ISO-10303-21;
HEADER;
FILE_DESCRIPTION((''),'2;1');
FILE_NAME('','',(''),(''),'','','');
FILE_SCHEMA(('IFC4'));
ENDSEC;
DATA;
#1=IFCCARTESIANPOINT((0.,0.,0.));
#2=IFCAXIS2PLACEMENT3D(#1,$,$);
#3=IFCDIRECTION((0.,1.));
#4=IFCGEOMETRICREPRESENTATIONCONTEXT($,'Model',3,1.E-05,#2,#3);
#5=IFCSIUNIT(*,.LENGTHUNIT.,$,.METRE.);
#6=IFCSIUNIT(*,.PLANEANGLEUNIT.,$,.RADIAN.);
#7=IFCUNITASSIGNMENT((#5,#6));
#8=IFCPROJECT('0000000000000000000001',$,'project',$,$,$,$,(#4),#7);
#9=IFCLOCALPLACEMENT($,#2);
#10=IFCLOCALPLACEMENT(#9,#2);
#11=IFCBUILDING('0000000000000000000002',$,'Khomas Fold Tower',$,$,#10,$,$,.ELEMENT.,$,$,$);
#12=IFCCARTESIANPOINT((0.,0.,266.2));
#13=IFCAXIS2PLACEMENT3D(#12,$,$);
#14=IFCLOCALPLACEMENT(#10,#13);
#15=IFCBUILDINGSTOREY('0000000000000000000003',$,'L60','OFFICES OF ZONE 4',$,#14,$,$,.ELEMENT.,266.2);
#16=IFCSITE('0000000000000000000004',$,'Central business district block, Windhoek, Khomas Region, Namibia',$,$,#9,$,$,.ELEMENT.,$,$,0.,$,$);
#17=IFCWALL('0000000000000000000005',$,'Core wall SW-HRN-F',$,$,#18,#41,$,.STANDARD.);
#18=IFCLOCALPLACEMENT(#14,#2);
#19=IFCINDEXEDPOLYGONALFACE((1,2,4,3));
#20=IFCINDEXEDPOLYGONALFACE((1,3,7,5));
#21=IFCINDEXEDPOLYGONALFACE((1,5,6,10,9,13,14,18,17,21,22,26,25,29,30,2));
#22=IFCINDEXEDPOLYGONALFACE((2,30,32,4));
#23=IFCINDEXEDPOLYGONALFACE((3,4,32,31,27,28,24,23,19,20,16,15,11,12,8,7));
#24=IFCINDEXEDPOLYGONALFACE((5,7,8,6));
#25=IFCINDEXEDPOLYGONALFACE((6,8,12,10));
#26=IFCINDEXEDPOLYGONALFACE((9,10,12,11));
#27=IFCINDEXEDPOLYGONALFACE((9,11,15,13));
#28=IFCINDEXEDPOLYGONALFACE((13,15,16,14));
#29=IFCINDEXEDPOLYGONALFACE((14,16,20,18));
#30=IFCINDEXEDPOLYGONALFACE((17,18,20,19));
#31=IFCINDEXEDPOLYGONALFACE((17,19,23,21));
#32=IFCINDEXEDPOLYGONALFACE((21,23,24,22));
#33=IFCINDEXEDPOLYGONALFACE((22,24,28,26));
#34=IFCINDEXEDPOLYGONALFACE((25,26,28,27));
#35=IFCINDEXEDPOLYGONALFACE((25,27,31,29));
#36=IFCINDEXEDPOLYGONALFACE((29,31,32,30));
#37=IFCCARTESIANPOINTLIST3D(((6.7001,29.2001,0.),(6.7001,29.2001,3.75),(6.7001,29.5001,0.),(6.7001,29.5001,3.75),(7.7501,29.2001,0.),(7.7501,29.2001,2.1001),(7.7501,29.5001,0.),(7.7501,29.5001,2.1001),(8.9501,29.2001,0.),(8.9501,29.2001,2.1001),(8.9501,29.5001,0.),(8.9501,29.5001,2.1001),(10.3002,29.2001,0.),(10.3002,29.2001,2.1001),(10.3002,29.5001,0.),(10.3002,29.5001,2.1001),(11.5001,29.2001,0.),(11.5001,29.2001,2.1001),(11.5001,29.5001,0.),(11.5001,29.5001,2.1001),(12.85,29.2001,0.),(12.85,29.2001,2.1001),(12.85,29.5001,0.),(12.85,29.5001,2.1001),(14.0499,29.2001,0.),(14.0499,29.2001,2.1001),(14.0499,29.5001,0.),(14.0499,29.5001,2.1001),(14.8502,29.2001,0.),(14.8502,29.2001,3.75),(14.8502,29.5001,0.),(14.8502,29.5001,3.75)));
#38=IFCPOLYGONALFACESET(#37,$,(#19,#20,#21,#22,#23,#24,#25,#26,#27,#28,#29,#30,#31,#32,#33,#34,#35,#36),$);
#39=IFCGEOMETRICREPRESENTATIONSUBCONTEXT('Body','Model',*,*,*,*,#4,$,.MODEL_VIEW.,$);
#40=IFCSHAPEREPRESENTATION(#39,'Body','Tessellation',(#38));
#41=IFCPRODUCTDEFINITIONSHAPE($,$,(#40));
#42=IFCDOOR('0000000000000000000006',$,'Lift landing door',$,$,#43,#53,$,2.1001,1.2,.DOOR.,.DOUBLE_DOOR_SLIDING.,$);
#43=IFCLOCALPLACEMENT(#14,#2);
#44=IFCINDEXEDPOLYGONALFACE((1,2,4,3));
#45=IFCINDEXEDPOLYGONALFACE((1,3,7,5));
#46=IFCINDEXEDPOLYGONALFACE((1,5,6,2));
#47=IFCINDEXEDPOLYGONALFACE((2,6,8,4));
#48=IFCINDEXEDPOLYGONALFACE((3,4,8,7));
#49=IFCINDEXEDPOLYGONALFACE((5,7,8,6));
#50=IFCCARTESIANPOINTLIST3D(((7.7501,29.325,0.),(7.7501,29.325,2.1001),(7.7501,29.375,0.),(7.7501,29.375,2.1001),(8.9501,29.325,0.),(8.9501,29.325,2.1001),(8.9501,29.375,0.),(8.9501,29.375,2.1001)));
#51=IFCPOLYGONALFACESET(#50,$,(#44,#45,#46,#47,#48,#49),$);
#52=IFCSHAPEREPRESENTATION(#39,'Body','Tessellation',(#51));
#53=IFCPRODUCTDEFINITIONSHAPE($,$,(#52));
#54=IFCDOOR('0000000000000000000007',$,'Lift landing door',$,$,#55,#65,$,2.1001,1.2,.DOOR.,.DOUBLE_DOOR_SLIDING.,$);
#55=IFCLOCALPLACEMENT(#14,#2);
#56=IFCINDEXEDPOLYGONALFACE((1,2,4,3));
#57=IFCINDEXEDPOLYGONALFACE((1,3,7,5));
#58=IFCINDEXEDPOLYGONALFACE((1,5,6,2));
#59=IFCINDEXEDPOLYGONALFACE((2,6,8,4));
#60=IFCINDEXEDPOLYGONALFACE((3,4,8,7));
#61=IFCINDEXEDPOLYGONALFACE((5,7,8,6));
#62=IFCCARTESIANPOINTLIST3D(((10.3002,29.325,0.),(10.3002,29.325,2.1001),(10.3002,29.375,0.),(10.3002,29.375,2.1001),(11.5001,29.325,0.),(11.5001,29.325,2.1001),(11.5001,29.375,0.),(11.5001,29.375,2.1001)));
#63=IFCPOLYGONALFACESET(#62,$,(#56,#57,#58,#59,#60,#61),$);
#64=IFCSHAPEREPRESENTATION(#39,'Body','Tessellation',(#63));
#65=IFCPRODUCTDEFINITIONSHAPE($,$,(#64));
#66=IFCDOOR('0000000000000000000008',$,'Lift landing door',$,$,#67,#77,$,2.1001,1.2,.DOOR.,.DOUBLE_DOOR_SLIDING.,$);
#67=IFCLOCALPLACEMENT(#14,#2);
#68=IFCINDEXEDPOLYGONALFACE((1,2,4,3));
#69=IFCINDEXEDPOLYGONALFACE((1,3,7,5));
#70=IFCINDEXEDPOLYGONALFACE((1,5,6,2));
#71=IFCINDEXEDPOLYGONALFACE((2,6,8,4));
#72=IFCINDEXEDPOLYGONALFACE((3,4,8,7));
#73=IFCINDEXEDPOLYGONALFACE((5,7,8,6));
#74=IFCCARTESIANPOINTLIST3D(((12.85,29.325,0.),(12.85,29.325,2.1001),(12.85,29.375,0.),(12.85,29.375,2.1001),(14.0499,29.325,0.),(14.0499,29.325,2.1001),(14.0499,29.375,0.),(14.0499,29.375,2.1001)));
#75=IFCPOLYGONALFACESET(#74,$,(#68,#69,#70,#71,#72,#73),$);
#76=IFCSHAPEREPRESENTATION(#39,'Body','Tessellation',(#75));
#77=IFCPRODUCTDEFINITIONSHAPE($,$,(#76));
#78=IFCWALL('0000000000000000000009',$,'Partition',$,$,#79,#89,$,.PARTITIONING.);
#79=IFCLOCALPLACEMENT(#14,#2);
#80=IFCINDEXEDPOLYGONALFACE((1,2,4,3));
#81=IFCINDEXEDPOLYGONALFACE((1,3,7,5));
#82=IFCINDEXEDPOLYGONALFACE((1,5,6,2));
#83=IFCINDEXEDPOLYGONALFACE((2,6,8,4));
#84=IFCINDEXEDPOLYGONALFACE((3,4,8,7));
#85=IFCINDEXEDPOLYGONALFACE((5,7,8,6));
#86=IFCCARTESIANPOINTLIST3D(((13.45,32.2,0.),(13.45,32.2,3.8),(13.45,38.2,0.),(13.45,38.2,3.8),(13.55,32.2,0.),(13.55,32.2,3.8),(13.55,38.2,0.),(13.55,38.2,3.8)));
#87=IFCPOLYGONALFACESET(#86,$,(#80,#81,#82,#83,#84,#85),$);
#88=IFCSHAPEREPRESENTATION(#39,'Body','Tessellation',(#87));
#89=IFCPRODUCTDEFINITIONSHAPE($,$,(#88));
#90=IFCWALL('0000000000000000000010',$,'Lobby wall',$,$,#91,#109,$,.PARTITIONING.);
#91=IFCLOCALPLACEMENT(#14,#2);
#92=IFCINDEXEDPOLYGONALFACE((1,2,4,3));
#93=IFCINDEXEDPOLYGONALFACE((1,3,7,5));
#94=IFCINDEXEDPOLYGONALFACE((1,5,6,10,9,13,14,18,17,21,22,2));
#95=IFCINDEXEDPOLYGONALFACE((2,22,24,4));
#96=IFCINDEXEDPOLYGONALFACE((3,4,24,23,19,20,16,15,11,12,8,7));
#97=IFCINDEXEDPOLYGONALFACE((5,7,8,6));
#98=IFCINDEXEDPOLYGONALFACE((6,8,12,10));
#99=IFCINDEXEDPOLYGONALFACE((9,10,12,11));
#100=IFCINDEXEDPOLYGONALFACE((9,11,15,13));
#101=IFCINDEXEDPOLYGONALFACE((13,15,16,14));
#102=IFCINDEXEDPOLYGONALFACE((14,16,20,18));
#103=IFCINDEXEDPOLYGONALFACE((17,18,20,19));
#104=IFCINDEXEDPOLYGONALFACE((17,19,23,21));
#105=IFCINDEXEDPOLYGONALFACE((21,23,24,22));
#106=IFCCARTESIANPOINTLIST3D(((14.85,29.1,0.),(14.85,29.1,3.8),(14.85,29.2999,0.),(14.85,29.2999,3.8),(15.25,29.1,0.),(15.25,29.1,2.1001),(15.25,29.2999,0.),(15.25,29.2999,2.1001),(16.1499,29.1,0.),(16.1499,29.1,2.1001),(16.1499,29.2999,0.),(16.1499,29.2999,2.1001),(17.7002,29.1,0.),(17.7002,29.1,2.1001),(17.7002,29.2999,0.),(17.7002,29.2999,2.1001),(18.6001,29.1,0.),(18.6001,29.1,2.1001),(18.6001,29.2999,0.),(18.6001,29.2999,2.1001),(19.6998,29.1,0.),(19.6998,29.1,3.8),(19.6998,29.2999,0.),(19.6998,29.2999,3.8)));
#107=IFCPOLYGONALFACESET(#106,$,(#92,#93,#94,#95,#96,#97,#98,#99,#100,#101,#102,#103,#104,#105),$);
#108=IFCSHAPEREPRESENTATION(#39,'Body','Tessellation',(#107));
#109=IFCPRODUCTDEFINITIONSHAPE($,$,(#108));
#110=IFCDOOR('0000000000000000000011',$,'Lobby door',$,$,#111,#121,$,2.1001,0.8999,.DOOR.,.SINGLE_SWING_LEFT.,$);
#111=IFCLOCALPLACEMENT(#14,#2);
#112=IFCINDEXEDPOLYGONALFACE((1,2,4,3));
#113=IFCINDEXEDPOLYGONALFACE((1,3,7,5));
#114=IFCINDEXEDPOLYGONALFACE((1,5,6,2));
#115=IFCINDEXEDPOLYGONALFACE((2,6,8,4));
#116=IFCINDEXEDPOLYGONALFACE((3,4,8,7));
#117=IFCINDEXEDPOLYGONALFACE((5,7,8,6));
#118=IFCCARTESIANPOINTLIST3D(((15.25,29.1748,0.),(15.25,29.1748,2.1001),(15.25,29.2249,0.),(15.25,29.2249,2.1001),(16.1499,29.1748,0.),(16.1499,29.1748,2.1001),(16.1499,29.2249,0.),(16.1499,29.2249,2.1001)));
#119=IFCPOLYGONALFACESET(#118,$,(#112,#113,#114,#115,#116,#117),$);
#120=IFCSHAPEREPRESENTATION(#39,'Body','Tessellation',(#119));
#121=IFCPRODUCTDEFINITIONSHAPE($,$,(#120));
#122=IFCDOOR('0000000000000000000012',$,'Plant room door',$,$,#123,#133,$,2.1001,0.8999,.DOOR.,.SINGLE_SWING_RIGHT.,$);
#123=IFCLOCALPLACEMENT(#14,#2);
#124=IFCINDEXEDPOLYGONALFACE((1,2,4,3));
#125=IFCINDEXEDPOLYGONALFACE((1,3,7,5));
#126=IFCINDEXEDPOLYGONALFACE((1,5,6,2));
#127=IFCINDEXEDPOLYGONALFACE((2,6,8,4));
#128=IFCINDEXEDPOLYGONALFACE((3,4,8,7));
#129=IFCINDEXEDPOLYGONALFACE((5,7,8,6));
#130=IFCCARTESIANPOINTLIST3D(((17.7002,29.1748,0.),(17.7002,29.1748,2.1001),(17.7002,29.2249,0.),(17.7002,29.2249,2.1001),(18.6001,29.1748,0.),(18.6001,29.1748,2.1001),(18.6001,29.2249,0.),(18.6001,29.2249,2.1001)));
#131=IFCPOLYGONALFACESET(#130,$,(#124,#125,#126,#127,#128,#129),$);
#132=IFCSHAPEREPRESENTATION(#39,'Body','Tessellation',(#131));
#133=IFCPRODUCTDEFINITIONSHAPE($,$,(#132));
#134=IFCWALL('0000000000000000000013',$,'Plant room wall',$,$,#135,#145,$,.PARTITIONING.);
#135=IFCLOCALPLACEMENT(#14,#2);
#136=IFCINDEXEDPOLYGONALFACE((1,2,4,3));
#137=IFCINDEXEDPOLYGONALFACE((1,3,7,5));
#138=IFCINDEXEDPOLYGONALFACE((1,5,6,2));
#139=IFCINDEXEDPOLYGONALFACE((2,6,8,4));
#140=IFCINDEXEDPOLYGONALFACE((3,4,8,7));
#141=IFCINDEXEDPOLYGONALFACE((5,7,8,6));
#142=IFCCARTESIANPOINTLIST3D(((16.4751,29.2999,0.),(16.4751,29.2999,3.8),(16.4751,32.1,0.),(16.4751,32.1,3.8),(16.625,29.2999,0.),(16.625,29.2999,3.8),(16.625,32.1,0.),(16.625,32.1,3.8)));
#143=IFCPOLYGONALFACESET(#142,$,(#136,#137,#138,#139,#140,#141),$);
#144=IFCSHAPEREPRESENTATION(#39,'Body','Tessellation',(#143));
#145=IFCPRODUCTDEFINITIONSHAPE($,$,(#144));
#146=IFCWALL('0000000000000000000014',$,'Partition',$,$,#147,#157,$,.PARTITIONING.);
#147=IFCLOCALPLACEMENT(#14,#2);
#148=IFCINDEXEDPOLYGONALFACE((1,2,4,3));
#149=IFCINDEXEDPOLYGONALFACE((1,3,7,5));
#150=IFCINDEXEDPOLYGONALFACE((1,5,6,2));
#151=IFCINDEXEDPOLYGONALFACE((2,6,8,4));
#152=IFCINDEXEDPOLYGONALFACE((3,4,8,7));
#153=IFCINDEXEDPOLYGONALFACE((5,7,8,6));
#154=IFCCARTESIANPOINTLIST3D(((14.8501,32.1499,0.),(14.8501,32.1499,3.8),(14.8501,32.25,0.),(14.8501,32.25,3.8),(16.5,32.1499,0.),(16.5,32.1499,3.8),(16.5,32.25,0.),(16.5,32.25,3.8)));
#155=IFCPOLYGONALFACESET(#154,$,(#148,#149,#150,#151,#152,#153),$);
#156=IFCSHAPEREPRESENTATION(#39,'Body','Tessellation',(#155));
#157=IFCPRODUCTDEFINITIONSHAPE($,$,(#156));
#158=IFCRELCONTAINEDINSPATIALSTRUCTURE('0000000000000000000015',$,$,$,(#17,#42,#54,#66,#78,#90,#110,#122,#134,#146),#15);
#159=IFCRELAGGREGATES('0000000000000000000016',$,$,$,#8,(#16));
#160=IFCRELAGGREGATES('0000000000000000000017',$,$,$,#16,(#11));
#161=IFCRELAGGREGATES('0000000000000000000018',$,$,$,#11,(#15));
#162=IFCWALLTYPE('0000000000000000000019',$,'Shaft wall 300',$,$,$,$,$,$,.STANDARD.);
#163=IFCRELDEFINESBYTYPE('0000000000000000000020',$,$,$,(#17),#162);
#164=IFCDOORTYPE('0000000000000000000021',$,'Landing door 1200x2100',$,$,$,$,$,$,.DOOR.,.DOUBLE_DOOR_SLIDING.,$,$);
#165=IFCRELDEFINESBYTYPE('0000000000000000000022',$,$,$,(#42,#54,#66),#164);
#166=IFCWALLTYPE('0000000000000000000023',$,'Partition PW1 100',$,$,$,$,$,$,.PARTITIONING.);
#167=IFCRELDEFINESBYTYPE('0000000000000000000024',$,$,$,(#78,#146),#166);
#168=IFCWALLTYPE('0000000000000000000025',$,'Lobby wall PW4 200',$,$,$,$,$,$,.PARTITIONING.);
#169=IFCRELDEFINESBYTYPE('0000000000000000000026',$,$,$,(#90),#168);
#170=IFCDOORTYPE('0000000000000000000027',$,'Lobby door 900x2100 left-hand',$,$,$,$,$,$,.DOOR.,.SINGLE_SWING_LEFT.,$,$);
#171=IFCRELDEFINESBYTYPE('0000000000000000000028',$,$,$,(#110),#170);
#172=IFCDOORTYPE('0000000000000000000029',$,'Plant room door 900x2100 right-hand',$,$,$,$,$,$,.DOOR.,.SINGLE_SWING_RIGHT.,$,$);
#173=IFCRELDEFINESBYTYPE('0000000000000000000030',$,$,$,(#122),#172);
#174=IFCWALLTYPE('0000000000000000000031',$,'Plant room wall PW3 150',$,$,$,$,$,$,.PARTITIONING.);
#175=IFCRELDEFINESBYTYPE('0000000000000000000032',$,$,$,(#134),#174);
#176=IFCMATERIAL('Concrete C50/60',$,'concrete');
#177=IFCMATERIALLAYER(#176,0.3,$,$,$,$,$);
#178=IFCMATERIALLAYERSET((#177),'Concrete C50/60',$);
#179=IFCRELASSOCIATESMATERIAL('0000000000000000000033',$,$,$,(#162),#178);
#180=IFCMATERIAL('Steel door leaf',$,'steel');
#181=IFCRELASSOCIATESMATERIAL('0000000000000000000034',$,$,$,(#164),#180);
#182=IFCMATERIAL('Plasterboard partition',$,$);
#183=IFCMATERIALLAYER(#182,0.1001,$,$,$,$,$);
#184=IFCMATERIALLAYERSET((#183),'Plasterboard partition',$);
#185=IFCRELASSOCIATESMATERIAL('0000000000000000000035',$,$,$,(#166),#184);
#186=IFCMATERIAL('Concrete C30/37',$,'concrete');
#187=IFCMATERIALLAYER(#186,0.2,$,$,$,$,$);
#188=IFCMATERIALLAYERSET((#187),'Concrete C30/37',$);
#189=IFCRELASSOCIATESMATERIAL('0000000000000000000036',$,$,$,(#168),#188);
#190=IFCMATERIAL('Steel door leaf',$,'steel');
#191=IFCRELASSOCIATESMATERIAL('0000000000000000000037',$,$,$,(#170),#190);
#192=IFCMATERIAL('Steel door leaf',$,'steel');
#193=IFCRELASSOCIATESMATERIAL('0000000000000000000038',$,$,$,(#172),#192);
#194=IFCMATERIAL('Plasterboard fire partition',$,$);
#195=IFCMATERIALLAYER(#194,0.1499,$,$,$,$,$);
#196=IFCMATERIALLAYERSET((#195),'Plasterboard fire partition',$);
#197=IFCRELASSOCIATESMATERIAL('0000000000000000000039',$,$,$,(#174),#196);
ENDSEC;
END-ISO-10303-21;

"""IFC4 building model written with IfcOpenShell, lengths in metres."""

from ifc_helpers import new_model, si_unit, direction, frame, frame_2d, origin, place, context, subcontext, project, spatial, rectangle, extrude, source, transform, mapped, material, layer, layer_set, type_object, element, fill, save


model = new_model("IFC4")

# Units and contexts
model_context = context("Model", 3, precision=1e-05, world=origin(), true_north=direction((0.0, 1.0)))
body_context = subcontext(model_context, "Body", "Model", "MODEL_VIEW")
ifc_project = project(units=[si_unit("LENGTHUNIT", "METRE"), si_unit("PLANEANGLEUNIT", "RADIAN")], contexts=[model_context])

# Site, building, storey
site_placement = place(None, origin())
site = spatial("IfcSite", under=ifc_project, at=site_placement, Name="Central business district block, Windhoek, Khomas Region, Namibia", CompositionType="ELEMENT", RefElevation=0.0)
building_placement = place(site_placement, origin())
building = spatial("IfcBuilding", under=site, at=building_placement, Name="Khomas Fold Tower", CompositionType="ELEMENT")
storey_placement = place(building_placement, frame((0.0, 0.0, 266.2)))
storey = spatial("IfcBuildingStorey", under=building, at=storey_placement, Name="L60", Description="OFFICES OF ZONE 4", CompositionType="ELEMENT", Elevation=266.2)

# Shared definitions
ifc_material_1 = material(Name="Concrete C50/60", Category="concrete")
ifc_layer_1 = layer(ifc_material_1, 0.3)
ifc_layer_set_1 = layer_set([ifc_layer_1], Name="Concrete C50/60")
wall_type_1 = type_object("IfcWallType", Name="Shaft wall 300", PredefinedType="STANDARD", material=ifc_layer_set_1)
shared_shape_1 = source(origin(), body_context, "Body", "SweptSolid", [
    extrude(rectangle(XDim=8.1501, YDim=0.3, at=frame_2d((4.0752, 0.0))), origin(), (0.0, 0.0, 1.0), 3.75),
])

# Wall, openings, doors
wall_1_placement = place(storey_placement, frame((6.7, 29.3501, 0.0), z_axis=(0.0, 0.0, 1.0), x_axis=(1.0, 0.0, 0.0)))
wall_1 = element("IfcWall", 1, at=wall_1_placement, inside=storey, type_object=wall_type_1, Name="Core wall SW-HRN-F", PredefinedType="STANDARD", context=body_context, shape_type="MappedRepresentation", body=[
    mapped(shared_shape_1, transform((0.0, 0.0, 0.0))),
])
shared_shape_2 = source(origin(), body_context, "Body", "SweptSolid", [
    extrude(rectangle(XDim=1.2, YDim=2.1001, at=frame_2d((0.6001, 1.05))), frame((0.0, 0.1599, 0.0), z_axis=(0.0, -1.0, 0.0), x_axis=(1.0, 0.0, 0.0)), (0.0, 0.0, 1.0), 0.3201),
])
opening_1_placement = place(wall_1_placement, frame((1.05, 0.0, 0.0)))
opening_1 = element("IfcOpeningElement", 2, at=opening_1_placement, cuts=wall_1, PredefinedType="OPENING", context=body_context, shape_type="MappedRepresentation", body=[
    mapped(shared_shape_2, transform((0.0, 0.0, 0.0))),
])
opening_2_placement = place(wall_1_placement, frame((3.6001, 0.0, 0.0)))
opening_2 = element("IfcOpeningElement", 3, at=opening_2_placement, cuts=wall_1, PredefinedType="OPENING", context=body_context, shape_type="MappedRepresentation", body=[
    mapped(shared_shape_2, transform((0.0, 0.0, 0.0))),
])
opening_3_placement = place(wall_1_placement, frame((6.1499, 0.0, 0.0)))
opening_3 = element("IfcOpeningElement", 4, at=opening_3_placement, cuts=wall_1, PredefinedType="OPENING", context=body_context, shape_type="MappedRepresentation", body=[
    mapped(shared_shape_2, transform((0.0, 0.0, 0.0))),
])
ifc_material_2 = material(Name="Steel door leaf", Category="steel")
door_type_1 = type_object("IfcDoorType", Name="Landing door 1200x2100", OperationType="DOUBLE_DOOR_SLIDING", PredefinedType="DOOR", material=ifc_material_2)
shared_shape_3 = source(origin(), body_context, "Body", "SweptSolid", [
    extrude(rectangle(XDim=1.2, YDim=2.1001, at=frame_2d((0.6001, 1.05))), frame((0.0, 0.0249, 0.0), z_axis=(0.0, -1.0, 0.0), x_axis=(1.0, 0.0, 0.0)), (0.0, 0.0, 1.0), 0.05),
])
door_1_placement = place(opening_1_placement, origin())
door_1 = element("IfcDoor", 5, at=door_1_placement, inside=storey, type_object=door_type_1, Name="Lift landing door", OperationType="DOUBLE_DOOR_SLIDING", OverallHeight=2.1001, OverallWidth=1.2, PredefinedType="DOOR", context=body_context, shape_type="MappedRepresentation", body=[
    mapped(shared_shape_3, transform((0.0, 0.0, 0.0))),
])
fill(opening_1, door_1)
door_2_placement = place(opening_2_placement, origin())
door_2 = element("IfcDoor", 6, at=door_2_placement, inside=storey, type_object=door_type_1, Name="Lift landing door", OperationType="DOUBLE_DOOR_SLIDING", OverallHeight=2.1001, OverallWidth=1.2, PredefinedType="DOOR", context=body_context, shape_type="MappedRepresentation", body=[
    mapped(shared_shape_3, transform((0.0, 0.0, 0.0))),
])
fill(opening_2, door_2)
door_3_placement = place(opening_3_placement, origin())
door_3 = element("IfcDoor", 7, at=door_3_placement, inside=storey, type_object=door_type_1, Name="Lift landing door", OperationType="DOUBLE_DOOR_SLIDING", OverallHeight=2.1001, OverallWidth=1.2, PredefinedType="DOOR", context=body_context, shape_type="MappedRepresentation", body=[
    mapped(shared_shape_3, transform((0.0, 0.0, 0.0))),
])
fill(opening_3, door_3)

# Wall
ifc_material_3 = material(Name="Plasterboard partition")
ifc_layer_2 = layer(ifc_material_3, 0.1001)
ifc_layer_set_2 = layer_set([ifc_layer_2], Name="Plasterboard partition")
wall_type_2 = type_object("IfcWallType", Name="Partition PW1 100", PredefinedType="PARTITIONING", material=ifc_layer_set_2)
shared_shape_4 = source(origin(), body_context, "Body", "SweptSolid", [
    extrude(rectangle(XDim=6.0, YDim=0.1001, at=frame_2d((3.0, 0.0))), origin(), (0.0, 0.0, 1.0), 3.8),
])
wall_2_placement = place(storey_placement, frame((13.5, 32.2, 0.0), z_axis=(0.0, 0.0, 1.0), x_axis=(0.0, 1.0, 0.0)))
element("IfcWall", 8, at=wall_2_placement, inside=storey, type_object=wall_type_2, Name="Partition", PredefinedType="PARTITIONING", context=body_context, shape_type="MappedRepresentation", body=[
    mapped(shared_shape_4, transform((0.0, 0.0, 0.0))),
])

# Wall, openings, doors
ifc_material_4 = material(Name="Concrete C30/37", Category="concrete")
ifc_layer_3 = layer(ifc_material_4, 0.2)
ifc_layer_set_3 = layer_set([ifc_layer_3], Name="Concrete C30/37")
wall_type_3 = type_object("IfcWallType", Name="Lobby wall PW4 200", PredefinedType="PARTITIONING", material=ifc_layer_set_3)
shared_shape_5 = source(origin(), body_context, "Body", "SweptSolid", [
    extrude(rectangle(XDim=4.8499, YDim=0.2, at=frame_2d((2.4248, 0.0))), origin(), (0.0, 0.0, 1.0), 3.8),
])
wall_3_placement = place(storey_placement, frame((14.8501, 29.2, 0.0), z_axis=(0.0, 0.0, 1.0), x_axis=(1.0, 0.0, 0.0)))
wall_3 = element("IfcWall", 9, at=wall_3_placement, inside=storey, type_object=wall_type_3, Name="Lobby wall", PredefinedType="PARTITIONING", context=body_context, shape_type="MappedRepresentation", body=[
    mapped(shared_shape_5, transform((0.0, 0.0, 0.0))),
])
shared_shape_6 = source(origin(), body_context, "Body", "SweptSolid", [
    extrude(rectangle(XDim=0.8999, YDim=2.1001, at=frame_2d((0.45, 1.05))), frame((0.0, 0.1099, 0.0), z_axis=(0.0, -1.0, 0.0), x_axis=(1.0, 0.0, 0.0)), (0.0, 0.0, 1.0), 0.22),
])
opening_4_placement = place(wall_3_placement, frame((0.3999, 0.0, 0.0)))
opening_4 = element("IfcOpeningElement", 10, at=opening_4_placement, cuts=wall_3, PredefinedType="OPENING", context=body_context, shape_type="MappedRepresentation", body=[
    mapped(shared_shape_6, transform((0.0, 0.0, 0.0))),
])
opening_5_placement = place(wall_3_placement, frame((2.8501, 0.0, 0.0)))
opening_5 = element("IfcOpeningElement", 11, at=opening_5_placement, cuts=wall_3, PredefinedType="OPENING", context=body_context, shape_type="MappedRepresentation", body=[
    mapped(shared_shape_6, transform((0.0, 0.0, 0.0))),
])
ifc_material_5 = material(Name="Steel door leaf", Category="steel")
door_type_2 = type_object("IfcDoorType", Name="Lobby door 900x2100 left-hand", OperationType="SINGLE_SWING_LEFT", PredefinedType="DOOR", material=ifc_material_5)
shared_shape_7 = source(origin(), body_context, "Body", "SweptSolid", [
    extrude(rectangle(XDim=0.8999, YDim=2.1001, at=frame_2d((0.45, 1.05))), frame((0.0, 0.0249, 0.0), z_axis=(0.0, -1.0, 0.0), x_axis=(1.0, 0.0, 0.0)), (0.0, 0.0, 1.0), 0.05),
])
door_4_placement = place(opening_4_placement, origin())
door_4 = element("IfcDoor", 12, at=door_4_placement, inside=storey, type_object=door_type_2, Name="Lobby door", OperationType="SINGLE_SWING_LEFT", OverallHeight=2.1001, OverallWidth=0.8999, PredefinedType="DOOR", context=body_context, shape_type="MappedRepresentation", body=[
    mapped(shared_shape_7, transform((0.0, 0.0, 0.0))),
])
fill(opening_4, door_4)
ifc_material_6 = material(Name="Steel door leaf", Category="steel")
door_type_3 = type_object("IfcDoorType", Name="Plant room door 900x2100 right-hand", OperationType="SINGLE_SWING_RIGHT", PredefinedType="DOOR", material=ifc_material_6)
door_5_placement = place(opening_5_placement, origin())
door_5 = element("IfcDoor", 13, at=door_5_placement, inside=storey, type_object=door_type_3, Name="Plant room door", OperationType="SINGLE_SWING_RIGHT", OverallHeight=2.1001, OverallWidth=0.8999, PredefinedType="DOOR", context=body_context, shape_type="MappedRepresentation", body=[
    mapped(shared_shape_7, transform((0.0, 0.0, 0.0))),
])
fill(opening_5, door_5)

# Walls
ifc_material_7 = material(Name="Plasterboard fire partition")
ifc_layer_4 = layer(ifc_material_7, 0.1499)
ifc_layer_set_4 = layer_set([ifc_layer_4], Name="Plasterboard fire partition")
wall_type_4 = type_object("IfcWallType", Name="Plant room wall PW3 150", PredefinedType="PARTITIONING", material=ifc_layer_set_4)
shared_shape_8 = source(origin(), body_context, "Body", "SweptSolid", [
    extrude(rectangle(XDim=2.8, YDim=0.1499, at=frame_2d((1.3999, 0.0))), origin(), (0.0, 0.0, 1.0), 3.8),
])
wall_4_placement = place(storey_placement, frame((16.55, 29.3, 0.0), z_axis=(0.0, 0.0, 1.0), x_axis=(0.0, 1.0, 0.0)))
element("IfcWall", 14, at=wall_4_placement, inside=storey, type_object=wall_type_4, Name="Plant room wall", PredefinedType="PARTITIONING", context=body_context, shape_type="MappedRepresentation", body=[
    mapped(shared_shape_8, transform((0.0, 0.0, 0.0))),
])
shared_shape_9 = source(origin(), body_context, "Body", "SweptSolid", [
    extrude(rectangle(XDim=1.6499, YDim=0.1001, at=frame_2d((0.825, 0.0))), origin(), (0.0, 0.0, 1.0), 3.8),
])
wall_5_placement = place(storey_placement, frame((14.8501, 32.2, 0.0), z_axis=(0.0, 0.0, 1.0), x_axis=(1.0, 0.0, 0.0)))
element("IfcWall", 15, at=wall_5_placement, inside=storey, type_object=wall_type_2, Name="Partition", PredefinedType="PARTITIONING", context=body_context, shape_type="MappedRepresentation", body=[
    mapped(shared_shape_9, transform((0.0, 0.0, 0.0))),
])

save(model, "model.ifc")
